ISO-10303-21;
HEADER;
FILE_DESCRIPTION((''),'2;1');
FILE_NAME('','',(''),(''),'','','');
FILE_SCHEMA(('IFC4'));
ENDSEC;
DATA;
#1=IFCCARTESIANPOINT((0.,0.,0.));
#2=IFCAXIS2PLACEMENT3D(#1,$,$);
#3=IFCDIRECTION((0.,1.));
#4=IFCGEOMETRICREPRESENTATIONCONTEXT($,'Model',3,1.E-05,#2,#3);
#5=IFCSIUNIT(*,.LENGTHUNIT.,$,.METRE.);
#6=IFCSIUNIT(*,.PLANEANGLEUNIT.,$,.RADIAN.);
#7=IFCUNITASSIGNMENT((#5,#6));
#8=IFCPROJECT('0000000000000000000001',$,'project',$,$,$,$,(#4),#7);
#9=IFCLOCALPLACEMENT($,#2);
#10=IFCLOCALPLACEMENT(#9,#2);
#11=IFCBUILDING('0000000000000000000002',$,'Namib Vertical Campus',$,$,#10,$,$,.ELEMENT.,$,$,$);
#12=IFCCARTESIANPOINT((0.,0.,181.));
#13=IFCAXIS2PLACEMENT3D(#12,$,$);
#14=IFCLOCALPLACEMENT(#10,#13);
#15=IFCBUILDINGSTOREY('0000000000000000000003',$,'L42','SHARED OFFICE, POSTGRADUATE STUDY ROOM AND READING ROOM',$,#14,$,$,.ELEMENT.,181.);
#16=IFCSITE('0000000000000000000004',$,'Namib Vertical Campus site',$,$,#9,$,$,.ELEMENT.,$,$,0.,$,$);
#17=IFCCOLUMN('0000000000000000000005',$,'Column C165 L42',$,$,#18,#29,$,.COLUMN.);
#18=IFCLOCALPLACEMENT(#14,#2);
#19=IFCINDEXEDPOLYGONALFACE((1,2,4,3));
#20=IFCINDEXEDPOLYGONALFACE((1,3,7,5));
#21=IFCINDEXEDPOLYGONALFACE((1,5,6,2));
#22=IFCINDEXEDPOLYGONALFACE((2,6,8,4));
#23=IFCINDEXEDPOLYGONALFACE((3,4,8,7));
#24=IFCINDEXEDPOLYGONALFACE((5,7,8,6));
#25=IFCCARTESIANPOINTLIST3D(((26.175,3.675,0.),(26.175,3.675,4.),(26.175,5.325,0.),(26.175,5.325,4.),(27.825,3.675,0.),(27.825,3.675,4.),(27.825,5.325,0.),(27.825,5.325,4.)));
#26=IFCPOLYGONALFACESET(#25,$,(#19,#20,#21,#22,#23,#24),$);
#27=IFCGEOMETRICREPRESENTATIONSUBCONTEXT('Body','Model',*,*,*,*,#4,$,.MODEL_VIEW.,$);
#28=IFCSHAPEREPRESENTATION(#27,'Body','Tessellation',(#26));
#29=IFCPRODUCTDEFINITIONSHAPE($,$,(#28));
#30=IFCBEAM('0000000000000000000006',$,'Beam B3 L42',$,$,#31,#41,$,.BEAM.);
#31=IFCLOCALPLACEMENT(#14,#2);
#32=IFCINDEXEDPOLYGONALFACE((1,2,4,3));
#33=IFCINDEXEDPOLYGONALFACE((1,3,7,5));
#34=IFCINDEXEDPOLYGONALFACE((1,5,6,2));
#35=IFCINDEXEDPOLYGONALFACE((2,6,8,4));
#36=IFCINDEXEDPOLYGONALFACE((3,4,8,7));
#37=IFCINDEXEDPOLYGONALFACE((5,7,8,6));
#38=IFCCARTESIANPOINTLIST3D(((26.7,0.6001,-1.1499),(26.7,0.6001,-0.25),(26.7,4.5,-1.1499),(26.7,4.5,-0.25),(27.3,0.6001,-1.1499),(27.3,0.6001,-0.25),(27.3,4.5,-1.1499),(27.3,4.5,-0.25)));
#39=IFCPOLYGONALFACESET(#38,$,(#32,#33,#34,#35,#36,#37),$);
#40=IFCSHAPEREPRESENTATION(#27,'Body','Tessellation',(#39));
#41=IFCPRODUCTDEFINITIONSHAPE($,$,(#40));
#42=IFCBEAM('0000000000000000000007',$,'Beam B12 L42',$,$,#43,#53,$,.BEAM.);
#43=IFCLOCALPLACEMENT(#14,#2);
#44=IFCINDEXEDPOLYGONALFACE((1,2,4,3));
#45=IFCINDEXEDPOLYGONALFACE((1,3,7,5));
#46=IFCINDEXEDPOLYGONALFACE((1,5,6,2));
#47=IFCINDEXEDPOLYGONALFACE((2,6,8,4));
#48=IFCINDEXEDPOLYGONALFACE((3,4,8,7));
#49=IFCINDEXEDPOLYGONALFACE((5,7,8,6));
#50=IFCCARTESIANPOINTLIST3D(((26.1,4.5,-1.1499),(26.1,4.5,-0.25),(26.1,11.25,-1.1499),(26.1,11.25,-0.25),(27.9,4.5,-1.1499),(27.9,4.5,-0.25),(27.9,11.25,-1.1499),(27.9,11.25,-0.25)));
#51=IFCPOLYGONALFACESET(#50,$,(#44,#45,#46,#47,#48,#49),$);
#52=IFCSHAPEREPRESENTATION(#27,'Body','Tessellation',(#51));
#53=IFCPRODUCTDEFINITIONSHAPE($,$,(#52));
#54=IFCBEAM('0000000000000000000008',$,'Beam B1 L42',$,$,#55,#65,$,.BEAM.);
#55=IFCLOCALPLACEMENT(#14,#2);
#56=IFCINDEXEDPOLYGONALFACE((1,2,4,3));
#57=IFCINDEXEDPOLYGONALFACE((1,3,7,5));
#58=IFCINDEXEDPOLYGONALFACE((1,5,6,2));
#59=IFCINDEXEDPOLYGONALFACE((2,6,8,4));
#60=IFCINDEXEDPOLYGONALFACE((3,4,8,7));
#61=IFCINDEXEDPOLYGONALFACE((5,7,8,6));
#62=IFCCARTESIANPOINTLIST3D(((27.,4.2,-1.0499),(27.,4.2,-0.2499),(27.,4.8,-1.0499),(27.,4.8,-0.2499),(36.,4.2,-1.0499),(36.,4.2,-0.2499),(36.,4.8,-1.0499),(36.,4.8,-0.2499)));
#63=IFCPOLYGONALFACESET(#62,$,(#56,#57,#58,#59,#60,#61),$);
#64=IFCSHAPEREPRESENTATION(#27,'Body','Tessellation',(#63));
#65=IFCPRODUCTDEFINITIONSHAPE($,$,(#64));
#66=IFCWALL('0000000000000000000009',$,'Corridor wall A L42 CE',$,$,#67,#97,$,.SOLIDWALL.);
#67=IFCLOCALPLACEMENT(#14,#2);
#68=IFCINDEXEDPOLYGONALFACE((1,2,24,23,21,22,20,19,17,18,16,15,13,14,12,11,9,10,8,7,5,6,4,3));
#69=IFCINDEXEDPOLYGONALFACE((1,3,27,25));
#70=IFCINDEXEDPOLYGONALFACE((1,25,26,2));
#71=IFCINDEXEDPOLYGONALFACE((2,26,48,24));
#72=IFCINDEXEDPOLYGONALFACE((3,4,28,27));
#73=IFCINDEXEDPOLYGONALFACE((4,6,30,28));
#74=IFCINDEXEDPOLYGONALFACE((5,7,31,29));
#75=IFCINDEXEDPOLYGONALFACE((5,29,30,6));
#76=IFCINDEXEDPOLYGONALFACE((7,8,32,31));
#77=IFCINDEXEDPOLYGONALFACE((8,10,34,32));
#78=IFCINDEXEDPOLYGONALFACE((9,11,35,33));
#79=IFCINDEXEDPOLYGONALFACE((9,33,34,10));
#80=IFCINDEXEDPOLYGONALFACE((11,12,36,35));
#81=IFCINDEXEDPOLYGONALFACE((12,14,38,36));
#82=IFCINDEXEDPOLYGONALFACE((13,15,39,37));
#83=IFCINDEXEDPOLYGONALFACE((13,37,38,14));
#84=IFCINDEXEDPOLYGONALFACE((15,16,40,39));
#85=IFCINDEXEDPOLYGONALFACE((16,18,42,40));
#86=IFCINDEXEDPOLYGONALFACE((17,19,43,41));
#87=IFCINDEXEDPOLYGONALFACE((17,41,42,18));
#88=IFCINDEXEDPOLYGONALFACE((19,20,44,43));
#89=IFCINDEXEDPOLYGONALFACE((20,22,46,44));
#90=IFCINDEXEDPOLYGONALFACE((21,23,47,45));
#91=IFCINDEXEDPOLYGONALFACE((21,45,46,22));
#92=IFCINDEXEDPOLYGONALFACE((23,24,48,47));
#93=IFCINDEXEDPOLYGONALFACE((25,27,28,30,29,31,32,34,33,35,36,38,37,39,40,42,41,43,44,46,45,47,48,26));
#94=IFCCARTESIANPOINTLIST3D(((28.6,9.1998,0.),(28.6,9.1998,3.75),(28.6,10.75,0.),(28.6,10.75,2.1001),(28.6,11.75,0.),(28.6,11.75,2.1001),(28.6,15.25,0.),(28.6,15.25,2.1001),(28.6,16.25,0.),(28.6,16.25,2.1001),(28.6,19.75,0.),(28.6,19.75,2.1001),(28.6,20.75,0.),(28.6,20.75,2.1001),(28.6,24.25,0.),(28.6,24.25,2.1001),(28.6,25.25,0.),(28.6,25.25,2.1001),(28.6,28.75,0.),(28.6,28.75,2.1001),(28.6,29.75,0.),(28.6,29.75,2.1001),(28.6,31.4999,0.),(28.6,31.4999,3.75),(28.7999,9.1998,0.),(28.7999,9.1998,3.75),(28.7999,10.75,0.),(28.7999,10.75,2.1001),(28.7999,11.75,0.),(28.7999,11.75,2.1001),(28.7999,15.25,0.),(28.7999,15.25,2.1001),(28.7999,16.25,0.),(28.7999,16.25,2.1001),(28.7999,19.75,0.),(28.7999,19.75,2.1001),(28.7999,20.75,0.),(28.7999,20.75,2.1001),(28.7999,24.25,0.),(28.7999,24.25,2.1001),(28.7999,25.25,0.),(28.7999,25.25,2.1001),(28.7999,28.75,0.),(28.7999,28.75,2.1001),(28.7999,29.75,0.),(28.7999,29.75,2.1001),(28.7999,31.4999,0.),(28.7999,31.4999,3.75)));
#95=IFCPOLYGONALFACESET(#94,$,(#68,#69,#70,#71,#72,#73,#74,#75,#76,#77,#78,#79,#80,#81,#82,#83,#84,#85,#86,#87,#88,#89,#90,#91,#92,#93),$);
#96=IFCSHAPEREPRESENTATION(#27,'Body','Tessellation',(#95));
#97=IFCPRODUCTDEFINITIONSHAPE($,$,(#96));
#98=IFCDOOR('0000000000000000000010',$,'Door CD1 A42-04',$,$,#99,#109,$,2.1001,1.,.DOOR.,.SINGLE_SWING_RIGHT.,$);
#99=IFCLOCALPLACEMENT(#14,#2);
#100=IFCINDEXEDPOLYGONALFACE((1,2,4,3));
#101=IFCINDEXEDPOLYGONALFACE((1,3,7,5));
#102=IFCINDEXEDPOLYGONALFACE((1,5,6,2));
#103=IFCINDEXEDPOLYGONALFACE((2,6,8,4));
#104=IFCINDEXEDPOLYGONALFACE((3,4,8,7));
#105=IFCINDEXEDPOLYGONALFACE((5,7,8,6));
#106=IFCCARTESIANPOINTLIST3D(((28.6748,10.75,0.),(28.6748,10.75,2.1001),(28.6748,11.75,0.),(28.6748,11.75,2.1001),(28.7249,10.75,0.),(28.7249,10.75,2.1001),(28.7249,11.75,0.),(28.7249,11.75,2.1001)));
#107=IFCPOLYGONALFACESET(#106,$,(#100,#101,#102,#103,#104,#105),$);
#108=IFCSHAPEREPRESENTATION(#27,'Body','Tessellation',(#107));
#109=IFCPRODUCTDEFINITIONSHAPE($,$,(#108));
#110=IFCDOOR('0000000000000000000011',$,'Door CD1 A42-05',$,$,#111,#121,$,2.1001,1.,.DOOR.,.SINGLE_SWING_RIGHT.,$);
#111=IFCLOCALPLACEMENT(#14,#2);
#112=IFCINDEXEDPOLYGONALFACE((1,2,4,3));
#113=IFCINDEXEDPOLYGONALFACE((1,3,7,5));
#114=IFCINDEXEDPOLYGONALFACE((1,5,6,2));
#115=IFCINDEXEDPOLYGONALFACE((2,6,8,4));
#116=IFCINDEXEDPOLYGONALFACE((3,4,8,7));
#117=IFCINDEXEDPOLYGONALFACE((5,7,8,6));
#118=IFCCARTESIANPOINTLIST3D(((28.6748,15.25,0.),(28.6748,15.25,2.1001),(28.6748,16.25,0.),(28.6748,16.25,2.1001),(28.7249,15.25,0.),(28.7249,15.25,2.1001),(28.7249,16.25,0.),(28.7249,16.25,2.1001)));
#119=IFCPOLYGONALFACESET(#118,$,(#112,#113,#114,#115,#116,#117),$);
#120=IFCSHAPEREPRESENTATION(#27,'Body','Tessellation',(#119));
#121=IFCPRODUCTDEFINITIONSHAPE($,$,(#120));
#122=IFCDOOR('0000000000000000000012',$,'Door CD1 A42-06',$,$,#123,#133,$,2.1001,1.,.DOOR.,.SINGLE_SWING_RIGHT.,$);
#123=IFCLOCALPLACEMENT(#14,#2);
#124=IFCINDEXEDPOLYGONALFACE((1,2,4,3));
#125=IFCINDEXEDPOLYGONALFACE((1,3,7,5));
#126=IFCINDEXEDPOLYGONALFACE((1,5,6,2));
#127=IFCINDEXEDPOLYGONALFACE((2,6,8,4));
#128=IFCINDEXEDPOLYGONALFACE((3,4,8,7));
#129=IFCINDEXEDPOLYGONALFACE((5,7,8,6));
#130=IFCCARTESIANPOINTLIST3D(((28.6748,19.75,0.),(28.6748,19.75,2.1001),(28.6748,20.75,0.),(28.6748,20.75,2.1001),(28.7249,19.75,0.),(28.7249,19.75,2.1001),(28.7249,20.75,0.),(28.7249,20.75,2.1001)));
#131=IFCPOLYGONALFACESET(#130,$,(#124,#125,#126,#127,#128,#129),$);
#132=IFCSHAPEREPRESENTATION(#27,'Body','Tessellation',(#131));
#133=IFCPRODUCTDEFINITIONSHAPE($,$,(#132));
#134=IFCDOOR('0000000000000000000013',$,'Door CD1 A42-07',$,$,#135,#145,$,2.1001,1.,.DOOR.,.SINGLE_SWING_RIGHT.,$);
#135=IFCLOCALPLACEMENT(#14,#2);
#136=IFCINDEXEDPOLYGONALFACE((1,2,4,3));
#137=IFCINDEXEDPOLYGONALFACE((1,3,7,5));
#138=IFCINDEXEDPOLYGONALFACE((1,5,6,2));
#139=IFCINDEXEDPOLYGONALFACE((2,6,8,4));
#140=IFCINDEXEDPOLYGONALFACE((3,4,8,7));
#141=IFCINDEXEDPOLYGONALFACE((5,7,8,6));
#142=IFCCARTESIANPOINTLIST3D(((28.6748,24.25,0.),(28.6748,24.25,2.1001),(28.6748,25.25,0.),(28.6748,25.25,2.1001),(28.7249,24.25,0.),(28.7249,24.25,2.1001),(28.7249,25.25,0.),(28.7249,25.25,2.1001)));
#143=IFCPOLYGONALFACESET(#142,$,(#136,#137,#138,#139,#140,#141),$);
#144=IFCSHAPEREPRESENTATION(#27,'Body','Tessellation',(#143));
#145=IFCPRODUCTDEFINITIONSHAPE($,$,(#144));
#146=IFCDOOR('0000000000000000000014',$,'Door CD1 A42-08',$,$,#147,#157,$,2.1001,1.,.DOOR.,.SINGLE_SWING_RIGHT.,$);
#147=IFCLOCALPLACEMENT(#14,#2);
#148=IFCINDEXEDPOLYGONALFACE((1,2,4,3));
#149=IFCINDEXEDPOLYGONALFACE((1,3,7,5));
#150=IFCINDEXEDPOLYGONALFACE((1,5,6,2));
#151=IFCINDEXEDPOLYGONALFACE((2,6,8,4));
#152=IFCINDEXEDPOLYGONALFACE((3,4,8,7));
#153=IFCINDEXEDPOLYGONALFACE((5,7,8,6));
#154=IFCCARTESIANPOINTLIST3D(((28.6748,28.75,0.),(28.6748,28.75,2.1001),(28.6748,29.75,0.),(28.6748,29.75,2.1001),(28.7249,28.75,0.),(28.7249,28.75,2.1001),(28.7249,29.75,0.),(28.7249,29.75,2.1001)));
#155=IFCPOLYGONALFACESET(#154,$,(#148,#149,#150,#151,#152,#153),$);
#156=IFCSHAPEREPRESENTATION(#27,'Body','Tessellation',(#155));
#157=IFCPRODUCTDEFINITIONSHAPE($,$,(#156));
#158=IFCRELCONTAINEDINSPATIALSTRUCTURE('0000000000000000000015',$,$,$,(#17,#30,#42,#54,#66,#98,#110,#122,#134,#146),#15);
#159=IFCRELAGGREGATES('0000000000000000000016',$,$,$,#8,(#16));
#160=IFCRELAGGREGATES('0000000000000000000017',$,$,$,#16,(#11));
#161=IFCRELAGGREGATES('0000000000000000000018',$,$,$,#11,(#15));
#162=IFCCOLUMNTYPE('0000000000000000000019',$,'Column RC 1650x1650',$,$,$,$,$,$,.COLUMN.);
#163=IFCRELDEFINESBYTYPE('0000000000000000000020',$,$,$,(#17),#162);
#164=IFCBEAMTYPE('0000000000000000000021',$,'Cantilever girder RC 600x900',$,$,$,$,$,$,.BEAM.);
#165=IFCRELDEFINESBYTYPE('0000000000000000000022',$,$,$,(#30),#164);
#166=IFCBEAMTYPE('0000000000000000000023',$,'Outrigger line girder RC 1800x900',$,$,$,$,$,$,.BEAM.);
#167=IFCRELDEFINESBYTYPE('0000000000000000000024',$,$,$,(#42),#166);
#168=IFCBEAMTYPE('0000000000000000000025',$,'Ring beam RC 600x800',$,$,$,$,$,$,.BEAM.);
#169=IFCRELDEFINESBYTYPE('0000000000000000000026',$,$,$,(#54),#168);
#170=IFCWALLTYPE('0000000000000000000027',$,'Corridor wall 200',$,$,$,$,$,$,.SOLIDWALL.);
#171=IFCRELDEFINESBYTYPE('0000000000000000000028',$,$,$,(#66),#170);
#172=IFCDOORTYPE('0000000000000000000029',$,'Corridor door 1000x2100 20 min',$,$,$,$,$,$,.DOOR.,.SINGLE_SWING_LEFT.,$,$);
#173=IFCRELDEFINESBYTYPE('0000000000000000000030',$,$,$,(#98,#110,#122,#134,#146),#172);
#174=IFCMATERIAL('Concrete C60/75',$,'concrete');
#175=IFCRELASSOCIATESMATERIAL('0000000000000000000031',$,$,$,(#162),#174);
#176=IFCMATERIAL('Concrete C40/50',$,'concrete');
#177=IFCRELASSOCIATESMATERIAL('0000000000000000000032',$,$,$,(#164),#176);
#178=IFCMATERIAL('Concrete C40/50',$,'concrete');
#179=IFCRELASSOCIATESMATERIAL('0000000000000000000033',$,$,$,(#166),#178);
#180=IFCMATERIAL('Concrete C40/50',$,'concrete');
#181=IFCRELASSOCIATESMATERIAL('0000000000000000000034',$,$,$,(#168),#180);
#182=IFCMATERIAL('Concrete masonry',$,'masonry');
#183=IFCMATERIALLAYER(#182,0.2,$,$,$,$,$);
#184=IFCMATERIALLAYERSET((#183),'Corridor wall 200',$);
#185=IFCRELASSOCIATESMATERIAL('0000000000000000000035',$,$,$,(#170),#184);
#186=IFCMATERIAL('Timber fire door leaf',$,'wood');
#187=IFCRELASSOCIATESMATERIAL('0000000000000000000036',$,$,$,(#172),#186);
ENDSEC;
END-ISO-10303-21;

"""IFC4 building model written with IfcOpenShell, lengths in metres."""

from ifc_helpers import new_model, si_unit, direction, frame, frame_2d, origin, origin_2d, place, context, subcontext, project, spatial, rectangle, extrude, material, layer, layer_set, material_profile, profile_set, type_object, element, fill, save


model = new_model("IFC4")

# Units and contexts
model_context = context("Model", 3, precision=1e-05, world=origin(), true_north=direction((0.0, 1.0)))
body_context = subcontext(model_context, "Body", "Model", "MODEL_VIEW")
ifc_project = project(units=[si_unit("LENGTHUNIT", "METRE"), si_unit("PLANEANGLEUNIT", "RADIAN")], contexts=[model_context])

# Site, building, storey
site_placement = place(None, origin())
site = spatial("IfcSite", under=ifc_project, at=site_placement, Name="Namib Vertical Campus site", CompositionType="ELEMENT", RefElevation=0.0)
building_placement = place(site_placement, origin())
building = spatial("IfcBuilding", under=site, at=building_placement, Name="Namib Vertical Campus", CompositionType="ELEMENT")
storey_placement = place(building_placement, frame((0.0, 0.0, 181.0)))
storey = spatial("IfcBuildingStorey", under=building, at=storey_placement, Name="L42", Description="SHARED OFFICE, POSTGRADUATE STUDY ROOM AND READING ROOM", CompositionType="ELEMENT", Elevation=181.0)

# Column
ifc_material_1 = material(Name="Concrete C60/75", Category="concrete")
ifc_material_profile_1 = material_profile(ifc_material_1, rectangle(XDim=1.6499, YDim=1.6499, at=origin_2d()))
ifc_profile_set_1 = profile_set([ifc_material_profile_1], Name="Concrete C60/75")
column_type = type_object("IfcColumnType", Name="Column RC 1650x1650", PredefinedType="COLUMN", material=ifc_profile_set_1)
column_placement = place(storey_placement, frame((27.0, 4.5, 0.0), z_axis=(0.0, 0.0, 1.0), x_axis=(1.0, 0.0, 0.0)))
element("IfcColumn", 1, at=column_placement, inside=storey, type_object=column_type, Name="Column C165 L42", PredefinedType="COLUMN", context=body_context, shape_type="SweptSolid", body=[
    extrude(rectangle(XDim=1.6499, YDim=1.6499, at=origin_2d()), origin(), (0.0, 0.0, 1.0), 4.0),
])

# Beams
ifc_material_2 = material(Name="Concrete C40/50", Category="concrete")
ifc_material_profile_2 = material_profile(ifc_material_2, rectangle(XDim=0.6001, YDim=0.8999, at=origin_2d()))
ifc_profile_set_2 = profile_set([ifc_material_profile_2], Name="Concrete C40/50")
beam_type_1 = type_object("IfcBeamType", Name="Cantilever girder RC 600x900", PredefinedType="BEAM", material=ifc_profile_set_2)
beam_1_placement = place(storey_placement, frame((27.0, 4.5, -0.7), z_axis=(0.0, -1.0, 0.0), x_axis=(1.0, 0.0, 0.0)))
element("IfcBeam", 2, at=beam_1_placement, inside=storey, type_object=beam_type_1, Name="Beam B3 L42", PredefinedType="BEAM", context=body_context, shape_type="SweptSolid", body=[
    extrude(rectangle(XDim=0.6001, YDim=0.8999, at=origin_2d()), origin(), (0.0, 0.0, 1.0), 3.8999),
])
ifc_material_3 = material(Name="Concrete C40/50", Category="concrete")
ifc_material_profile_3 = material_profile(ifc_material_3, rectangle(XDim=1.8, YDim=0.8999, at=origin_2d()))
ifc_profile_set_3 = profile_set([ifc_material_profile_3], Name="Concrete C40/50")
beam_type_2 = type_object("IfcBeamType", Name="Outrigger line girder RC 1800x900", PredefinedType="BEAM", material=ifc_profile_set_3)
beam_2_placement = place(storey_placement, frame((27.0, 4.5, -0.7), z_axis=(0.0, 1.0, 0.0), x_axis=(-1.0, 0.0, 0.0)))
element("IfcBeam", 3, at=beam_2_placement, inside=storey, type_object=beam_type_2, Name="Beam B12 L42", PredefinedType="BEAM", context=body_context, shape_type="SweptSolid", body=[
    extrude(rectangle(XDim=1.8, YDim=0.8999, at=origin_2d()), origin(), (0.0, 0.0, 1.0), 6.75),
])
ifc_material_4 = material(Name="Concrete C40/50", Category="concrete")
ifc_material_profile_4 = material_profile(ifc_material_4, rectangle(XDim=0.6001, YDim=0.8, at=origin_2d()))
ifc_profile_set_4 = profile_set([ifc_material_profile_4], Name="Concrete C40/50")
beam_type_3 = type_object("IfcBeamType", Name="Ring beam RC 600x800", PredefinedType="BEAM", material=ifc_profile_set_4)
beam_3_placement = place(storey_placement, frame((27.0, 4.5, -0.6499), z_axis=(1.0, 0.0, 0.0), x_axis=(0.0, 1.0, 0.0)))
element("IfcBeam", 4, at=beam_3_placement, inside=storey, type_object=beam_type_3, Name="Beam B1 L42", PredefinedType="BEAM", context=body_context, shape_type="SweptSolid", body=[
    extrude(rectangle(XDim=0.6001, YDim=0.8, at=origin_2d()), origin(), (0.0, 0.0, 1.0), 9.0),
])

# Wall, openings, doors
ifc_material_5 = material(Name="Concrete masonry", Category="masonry")
ifc_layer_1 = layer(ifc_material_5, 0.2)
ifc_layer_set_1 = layer_set([ifc_layer_1], Name="Corridor wall 200")
wall_type_1 = type_object("IfcWallType", Name="Corridor wall 200", PredefinedType="SOLIDWALL", material=ifc_layer_set_1)
wall_1_placement = place(storey_placement, frame((28.7, 9.2, 0.0), z_axis=(0.0, 0.0, 1.0), x_axis=(0.0, 1.0, 0.0)))
wall_1 = element("IfcWall", 5, at=wall_1_placement, inside=storey, type_object=wall_type_1, Name="Corridor wall A L42 CE", PredefinedType="SOLIDWALL", context=body_context, shape_type="SweptSolid", body=[
    extrude(rectangle(XDim=22.3, YDim=0.2, at=frame_2d((11.1499, 0.0))), origin(), (0.0, 0.0, 1.0), 3.75),
])
opening_1_placement = place(wall_1_placement, frame((1.55, 0.0, 0.0)))
opening_1 = element("IfcOpeningElement", 6, at=opening_1_placement, cuts=wall_1, PredefinedType="OPENING", context=body_context, shape_type="SweptSolid", body=[
    extrude(rectangle(XDim=1.0, YDim=2.1001, at=frame_2d((0.5, 1.05))), frame((0.0, 0.1099, 0.0), z_axis=(0.0, -1.0, 0.0), x_axis=(1.0, 0.0, 0.0)), (0.0, 0.0, 1.0), 0.22),
])
opening_2_placement = place(wall_1_placement, frame((6.05, 0.0, 0.0)))
opening_2 = element("IfcOpeningElement", 7, at=opening_2_placement, cuts=wall_1, PredefinedType="OPENING", context=body_context, shape_type="SweptSolid", body=[
    extrude(rectangle(XDim=1.0, YDim=2.1001, at=frame_2d((0.5, 1.05))), frame((0.0, 0.1099, 0.0), z_axis=(0.0, -1.0, 0.0), x_axis=(1.0, 0.0, 0.0)), (0.0, 0.0, 1.0), 0.22),
])
opening_3_placement = place(wall_1_placement, frame((10.55, 0.0, 0.0)))
opening_3 = element("IfcOpeningElement", 8, at=opening_3_placement, cuts=wall_1, PredefinedType="OPENING", context=body_context, shape_type="SweptSolid", body=[
    extrude(rectangle(XDim=1.0, YDim=2.1001, at=frame_2d((0.5, 1.05))), frame((0.0, 0.1099, 0.0), z_axis=(0.0, -1.0, 0.0), x_axis=(1.0, 0.0, 0.0)), (0.0, 0.0, 1.0), 0.22),
])
opening_4_placement = place(wall_1_placement, frame((15.05, 0.0, 0.0)))
opening_4 = element("IfcOpeningElement", 9, at=opening_4_placement, cuts=wall_1, PredefinedType="OPENING", context=body_context, shape_type="SweptSolid", body=[
    extrude(rectangle(XDim=1.0, YDim=2.1001, at=frame_2d((0.5, 1.05))), frame((0.0, 0.1099, 0.0), z_axis=(0.0, -1.0, 0.0), x_axis=(1.0, 0.0, 0.0)), (0.0, 0.0, 1.0), 0.22),
])
opening_5_placement = place(wall_1_placement, frame((19.55, 0.0, 0.0)))
opening_5 = element("IfcOpeningElement", 10, at=opening_5_placement, cuts=wall_1, PredefinedType="OPENING", context=body_context, shape_type="SweptSolid", body=[
    extrude(rectangle(XDim=1.0, YDim=2.1001, at=frame_2d((0.5, 1.05))), frame((0.0, 0.1099, 0.0), z_axis=(0.0, -1.0, 0.0), x_axis=(1.0, 0.0, 0.0)), (0.0, 0.0, 1.0), 0.22),
])
ifc_material_6 = material(Name="Timber fire door leaf", Category="wood")
door_type = type_object("IfcDoorType", Name="Corridor door 1000x2100 20 min", OperationType="SINGLE_SWING_LEFT", PredefinedType="DOOR", material=ifc_material_6)
door_1_placement = place(opening_1_placement, frame((1.0, 0.0, 0.0), z_axis=(0.0, 0.0, 1.0), x_axis=(-1.0, 0.0, 0.0)))
door_1 = element("IfcDoor", 11, at=door_1_placement, inside=storey, type_object=door_type, Name="Door CD1 A42-04", OperationType="SINGLE_SWING_RIGHT", OverallHeight=2.1001, OverallWidth=1.0, PredefinedType="DOOR", context=body_context, shape_type="SweptSolid", body=[
    extrude(rectangle(XDim=1.0, YDim=2.1001, at=frame_2d((0.5, 1.05))), frame((0.0, 0.0249, 0.0), z_axis=(0.0, -1.0, 0.0), x_axis=(1.0, 0.0, 0.0)), (0.0, 0.0, 1.0), 0.05),
])
fill(opening_1, door_1)
door_2_placement = place(opening_2_placement, frame((1.0, 0.0, 0.0), z_axis=(0.0, 0.0, 1.0), x_axis=(-1.0, 0.0, 0.0)))
door_2 = element("IfcDoor", 12, at=door_2_placement, inside=storey, type_object=door_type, Name="Door CD1 A42-05", OperationType="SINGLE_SWING_RIGHT", OverallHeight=2.1001, OverallWidth=1.0, PredefinedType="DOOR", context=body_context, shape_type="SweptSolid", body=[
    extrude(rectangle(XDim=1.0, YDim=2.1001, at=frame_2d((0.5, 1.05))), frame((0.0, 0.0249, 0.0), z_axis=(0.0, -1.0, 0.0), x_axis=(1.0, 0.0, 0.0)), (0.0, 0.0, 1.0), 0.05),
])
fill(opening_2, door_2)
door_3_placement = place(opening_3_placement, frame((1.0, 0.0, 0.0), z_axis=(0.0, 0.0, 1.0), x_axis=(-1.0, 0.0, 0.0)))
door_3 = element("IfcDoor", 13, at=door_3_placement, inside=storey, type_object=door_type, Name="Door CD1 A42-06", OperationType="SINGLE_SWING_RIGHT", OverallHeight=2.1001, OverallWidth=1.0, PredefinedType="DOOR", context=body_context, shape_type="SweptSolid", body=[
    extrude(rectangle(XDim=1.0, YDim=2.1001, at=frame_2d((0.5, 1.05))), frame((0.0, 0.0249, 0.0), z_axis=(0.0, -1.0, 0.0), x_axis=(1.0, 0.0, 0.0)), (0.0, 0.0, 1.0), 0.05),
])
fill(opening_3, door_3)
door_4_placement = place(opening_4_placement, frame((1.0, 0.0, 0.0), z_axis=(0.0, 0.0, 1.0), x_axis=(-1.0, 0.0, 0.0)))
door_4 = element("IfcDoor", 14, at=door_4_placement, inside=storey, type_object=door_type, Name="Door CD1 A42-07", OperationType="SINGLE_SWING_RIGHT", OverallHeight=2.1001, OverallWidth=1.0, PredefinedType="DOOR", context=body_context, shape_type="SweptSolid", body=[
    extrude(rectangle(XDim=1.0, YDim=2.1001, at=frame_2d((0.5, 1.05))), frame((0.0, 0.0249, 0.0), z_axis=(0.0, -1.0, 0.0), x_axis=(1.0, 0.0, 0.0)), (0.0, 0.0, 1.0), 0.05),
])
fill(opening_4, door_4)
door_5_placement = place(opening_5_placement, frame((1.0, 0.0, 0.0), z_axis=(0.0, 0.0, 1.0), x_axis=(-1.0, 0.0, 0.0)))
door_5 = element("IfcDoor", 15, at=door_5_placement, inside=storey, type_object=door_type, Name="Door CD1 A42-08", OperationType="SINGLE_SWING_RIGHT", OverallHeight=2.1001, OverallWidth=1.0, PredefinedType="DOOR", context=body_context, shape_type="SweptSolid", body=[
    extrude(rectangle(XDim=1.0, YDim=2.1001, at=frame_2d((0.5, 1.05))), frame((0.0, 0.0249, 0.0), z_axis=(0.0, -1.0, 0.0), x_axis=(1.0, 0.0, 0.0)), (0.0, 0.0, 1.0), 0.05),
])
fill(opening_5, door_5)

save(model, "model.ifc")
